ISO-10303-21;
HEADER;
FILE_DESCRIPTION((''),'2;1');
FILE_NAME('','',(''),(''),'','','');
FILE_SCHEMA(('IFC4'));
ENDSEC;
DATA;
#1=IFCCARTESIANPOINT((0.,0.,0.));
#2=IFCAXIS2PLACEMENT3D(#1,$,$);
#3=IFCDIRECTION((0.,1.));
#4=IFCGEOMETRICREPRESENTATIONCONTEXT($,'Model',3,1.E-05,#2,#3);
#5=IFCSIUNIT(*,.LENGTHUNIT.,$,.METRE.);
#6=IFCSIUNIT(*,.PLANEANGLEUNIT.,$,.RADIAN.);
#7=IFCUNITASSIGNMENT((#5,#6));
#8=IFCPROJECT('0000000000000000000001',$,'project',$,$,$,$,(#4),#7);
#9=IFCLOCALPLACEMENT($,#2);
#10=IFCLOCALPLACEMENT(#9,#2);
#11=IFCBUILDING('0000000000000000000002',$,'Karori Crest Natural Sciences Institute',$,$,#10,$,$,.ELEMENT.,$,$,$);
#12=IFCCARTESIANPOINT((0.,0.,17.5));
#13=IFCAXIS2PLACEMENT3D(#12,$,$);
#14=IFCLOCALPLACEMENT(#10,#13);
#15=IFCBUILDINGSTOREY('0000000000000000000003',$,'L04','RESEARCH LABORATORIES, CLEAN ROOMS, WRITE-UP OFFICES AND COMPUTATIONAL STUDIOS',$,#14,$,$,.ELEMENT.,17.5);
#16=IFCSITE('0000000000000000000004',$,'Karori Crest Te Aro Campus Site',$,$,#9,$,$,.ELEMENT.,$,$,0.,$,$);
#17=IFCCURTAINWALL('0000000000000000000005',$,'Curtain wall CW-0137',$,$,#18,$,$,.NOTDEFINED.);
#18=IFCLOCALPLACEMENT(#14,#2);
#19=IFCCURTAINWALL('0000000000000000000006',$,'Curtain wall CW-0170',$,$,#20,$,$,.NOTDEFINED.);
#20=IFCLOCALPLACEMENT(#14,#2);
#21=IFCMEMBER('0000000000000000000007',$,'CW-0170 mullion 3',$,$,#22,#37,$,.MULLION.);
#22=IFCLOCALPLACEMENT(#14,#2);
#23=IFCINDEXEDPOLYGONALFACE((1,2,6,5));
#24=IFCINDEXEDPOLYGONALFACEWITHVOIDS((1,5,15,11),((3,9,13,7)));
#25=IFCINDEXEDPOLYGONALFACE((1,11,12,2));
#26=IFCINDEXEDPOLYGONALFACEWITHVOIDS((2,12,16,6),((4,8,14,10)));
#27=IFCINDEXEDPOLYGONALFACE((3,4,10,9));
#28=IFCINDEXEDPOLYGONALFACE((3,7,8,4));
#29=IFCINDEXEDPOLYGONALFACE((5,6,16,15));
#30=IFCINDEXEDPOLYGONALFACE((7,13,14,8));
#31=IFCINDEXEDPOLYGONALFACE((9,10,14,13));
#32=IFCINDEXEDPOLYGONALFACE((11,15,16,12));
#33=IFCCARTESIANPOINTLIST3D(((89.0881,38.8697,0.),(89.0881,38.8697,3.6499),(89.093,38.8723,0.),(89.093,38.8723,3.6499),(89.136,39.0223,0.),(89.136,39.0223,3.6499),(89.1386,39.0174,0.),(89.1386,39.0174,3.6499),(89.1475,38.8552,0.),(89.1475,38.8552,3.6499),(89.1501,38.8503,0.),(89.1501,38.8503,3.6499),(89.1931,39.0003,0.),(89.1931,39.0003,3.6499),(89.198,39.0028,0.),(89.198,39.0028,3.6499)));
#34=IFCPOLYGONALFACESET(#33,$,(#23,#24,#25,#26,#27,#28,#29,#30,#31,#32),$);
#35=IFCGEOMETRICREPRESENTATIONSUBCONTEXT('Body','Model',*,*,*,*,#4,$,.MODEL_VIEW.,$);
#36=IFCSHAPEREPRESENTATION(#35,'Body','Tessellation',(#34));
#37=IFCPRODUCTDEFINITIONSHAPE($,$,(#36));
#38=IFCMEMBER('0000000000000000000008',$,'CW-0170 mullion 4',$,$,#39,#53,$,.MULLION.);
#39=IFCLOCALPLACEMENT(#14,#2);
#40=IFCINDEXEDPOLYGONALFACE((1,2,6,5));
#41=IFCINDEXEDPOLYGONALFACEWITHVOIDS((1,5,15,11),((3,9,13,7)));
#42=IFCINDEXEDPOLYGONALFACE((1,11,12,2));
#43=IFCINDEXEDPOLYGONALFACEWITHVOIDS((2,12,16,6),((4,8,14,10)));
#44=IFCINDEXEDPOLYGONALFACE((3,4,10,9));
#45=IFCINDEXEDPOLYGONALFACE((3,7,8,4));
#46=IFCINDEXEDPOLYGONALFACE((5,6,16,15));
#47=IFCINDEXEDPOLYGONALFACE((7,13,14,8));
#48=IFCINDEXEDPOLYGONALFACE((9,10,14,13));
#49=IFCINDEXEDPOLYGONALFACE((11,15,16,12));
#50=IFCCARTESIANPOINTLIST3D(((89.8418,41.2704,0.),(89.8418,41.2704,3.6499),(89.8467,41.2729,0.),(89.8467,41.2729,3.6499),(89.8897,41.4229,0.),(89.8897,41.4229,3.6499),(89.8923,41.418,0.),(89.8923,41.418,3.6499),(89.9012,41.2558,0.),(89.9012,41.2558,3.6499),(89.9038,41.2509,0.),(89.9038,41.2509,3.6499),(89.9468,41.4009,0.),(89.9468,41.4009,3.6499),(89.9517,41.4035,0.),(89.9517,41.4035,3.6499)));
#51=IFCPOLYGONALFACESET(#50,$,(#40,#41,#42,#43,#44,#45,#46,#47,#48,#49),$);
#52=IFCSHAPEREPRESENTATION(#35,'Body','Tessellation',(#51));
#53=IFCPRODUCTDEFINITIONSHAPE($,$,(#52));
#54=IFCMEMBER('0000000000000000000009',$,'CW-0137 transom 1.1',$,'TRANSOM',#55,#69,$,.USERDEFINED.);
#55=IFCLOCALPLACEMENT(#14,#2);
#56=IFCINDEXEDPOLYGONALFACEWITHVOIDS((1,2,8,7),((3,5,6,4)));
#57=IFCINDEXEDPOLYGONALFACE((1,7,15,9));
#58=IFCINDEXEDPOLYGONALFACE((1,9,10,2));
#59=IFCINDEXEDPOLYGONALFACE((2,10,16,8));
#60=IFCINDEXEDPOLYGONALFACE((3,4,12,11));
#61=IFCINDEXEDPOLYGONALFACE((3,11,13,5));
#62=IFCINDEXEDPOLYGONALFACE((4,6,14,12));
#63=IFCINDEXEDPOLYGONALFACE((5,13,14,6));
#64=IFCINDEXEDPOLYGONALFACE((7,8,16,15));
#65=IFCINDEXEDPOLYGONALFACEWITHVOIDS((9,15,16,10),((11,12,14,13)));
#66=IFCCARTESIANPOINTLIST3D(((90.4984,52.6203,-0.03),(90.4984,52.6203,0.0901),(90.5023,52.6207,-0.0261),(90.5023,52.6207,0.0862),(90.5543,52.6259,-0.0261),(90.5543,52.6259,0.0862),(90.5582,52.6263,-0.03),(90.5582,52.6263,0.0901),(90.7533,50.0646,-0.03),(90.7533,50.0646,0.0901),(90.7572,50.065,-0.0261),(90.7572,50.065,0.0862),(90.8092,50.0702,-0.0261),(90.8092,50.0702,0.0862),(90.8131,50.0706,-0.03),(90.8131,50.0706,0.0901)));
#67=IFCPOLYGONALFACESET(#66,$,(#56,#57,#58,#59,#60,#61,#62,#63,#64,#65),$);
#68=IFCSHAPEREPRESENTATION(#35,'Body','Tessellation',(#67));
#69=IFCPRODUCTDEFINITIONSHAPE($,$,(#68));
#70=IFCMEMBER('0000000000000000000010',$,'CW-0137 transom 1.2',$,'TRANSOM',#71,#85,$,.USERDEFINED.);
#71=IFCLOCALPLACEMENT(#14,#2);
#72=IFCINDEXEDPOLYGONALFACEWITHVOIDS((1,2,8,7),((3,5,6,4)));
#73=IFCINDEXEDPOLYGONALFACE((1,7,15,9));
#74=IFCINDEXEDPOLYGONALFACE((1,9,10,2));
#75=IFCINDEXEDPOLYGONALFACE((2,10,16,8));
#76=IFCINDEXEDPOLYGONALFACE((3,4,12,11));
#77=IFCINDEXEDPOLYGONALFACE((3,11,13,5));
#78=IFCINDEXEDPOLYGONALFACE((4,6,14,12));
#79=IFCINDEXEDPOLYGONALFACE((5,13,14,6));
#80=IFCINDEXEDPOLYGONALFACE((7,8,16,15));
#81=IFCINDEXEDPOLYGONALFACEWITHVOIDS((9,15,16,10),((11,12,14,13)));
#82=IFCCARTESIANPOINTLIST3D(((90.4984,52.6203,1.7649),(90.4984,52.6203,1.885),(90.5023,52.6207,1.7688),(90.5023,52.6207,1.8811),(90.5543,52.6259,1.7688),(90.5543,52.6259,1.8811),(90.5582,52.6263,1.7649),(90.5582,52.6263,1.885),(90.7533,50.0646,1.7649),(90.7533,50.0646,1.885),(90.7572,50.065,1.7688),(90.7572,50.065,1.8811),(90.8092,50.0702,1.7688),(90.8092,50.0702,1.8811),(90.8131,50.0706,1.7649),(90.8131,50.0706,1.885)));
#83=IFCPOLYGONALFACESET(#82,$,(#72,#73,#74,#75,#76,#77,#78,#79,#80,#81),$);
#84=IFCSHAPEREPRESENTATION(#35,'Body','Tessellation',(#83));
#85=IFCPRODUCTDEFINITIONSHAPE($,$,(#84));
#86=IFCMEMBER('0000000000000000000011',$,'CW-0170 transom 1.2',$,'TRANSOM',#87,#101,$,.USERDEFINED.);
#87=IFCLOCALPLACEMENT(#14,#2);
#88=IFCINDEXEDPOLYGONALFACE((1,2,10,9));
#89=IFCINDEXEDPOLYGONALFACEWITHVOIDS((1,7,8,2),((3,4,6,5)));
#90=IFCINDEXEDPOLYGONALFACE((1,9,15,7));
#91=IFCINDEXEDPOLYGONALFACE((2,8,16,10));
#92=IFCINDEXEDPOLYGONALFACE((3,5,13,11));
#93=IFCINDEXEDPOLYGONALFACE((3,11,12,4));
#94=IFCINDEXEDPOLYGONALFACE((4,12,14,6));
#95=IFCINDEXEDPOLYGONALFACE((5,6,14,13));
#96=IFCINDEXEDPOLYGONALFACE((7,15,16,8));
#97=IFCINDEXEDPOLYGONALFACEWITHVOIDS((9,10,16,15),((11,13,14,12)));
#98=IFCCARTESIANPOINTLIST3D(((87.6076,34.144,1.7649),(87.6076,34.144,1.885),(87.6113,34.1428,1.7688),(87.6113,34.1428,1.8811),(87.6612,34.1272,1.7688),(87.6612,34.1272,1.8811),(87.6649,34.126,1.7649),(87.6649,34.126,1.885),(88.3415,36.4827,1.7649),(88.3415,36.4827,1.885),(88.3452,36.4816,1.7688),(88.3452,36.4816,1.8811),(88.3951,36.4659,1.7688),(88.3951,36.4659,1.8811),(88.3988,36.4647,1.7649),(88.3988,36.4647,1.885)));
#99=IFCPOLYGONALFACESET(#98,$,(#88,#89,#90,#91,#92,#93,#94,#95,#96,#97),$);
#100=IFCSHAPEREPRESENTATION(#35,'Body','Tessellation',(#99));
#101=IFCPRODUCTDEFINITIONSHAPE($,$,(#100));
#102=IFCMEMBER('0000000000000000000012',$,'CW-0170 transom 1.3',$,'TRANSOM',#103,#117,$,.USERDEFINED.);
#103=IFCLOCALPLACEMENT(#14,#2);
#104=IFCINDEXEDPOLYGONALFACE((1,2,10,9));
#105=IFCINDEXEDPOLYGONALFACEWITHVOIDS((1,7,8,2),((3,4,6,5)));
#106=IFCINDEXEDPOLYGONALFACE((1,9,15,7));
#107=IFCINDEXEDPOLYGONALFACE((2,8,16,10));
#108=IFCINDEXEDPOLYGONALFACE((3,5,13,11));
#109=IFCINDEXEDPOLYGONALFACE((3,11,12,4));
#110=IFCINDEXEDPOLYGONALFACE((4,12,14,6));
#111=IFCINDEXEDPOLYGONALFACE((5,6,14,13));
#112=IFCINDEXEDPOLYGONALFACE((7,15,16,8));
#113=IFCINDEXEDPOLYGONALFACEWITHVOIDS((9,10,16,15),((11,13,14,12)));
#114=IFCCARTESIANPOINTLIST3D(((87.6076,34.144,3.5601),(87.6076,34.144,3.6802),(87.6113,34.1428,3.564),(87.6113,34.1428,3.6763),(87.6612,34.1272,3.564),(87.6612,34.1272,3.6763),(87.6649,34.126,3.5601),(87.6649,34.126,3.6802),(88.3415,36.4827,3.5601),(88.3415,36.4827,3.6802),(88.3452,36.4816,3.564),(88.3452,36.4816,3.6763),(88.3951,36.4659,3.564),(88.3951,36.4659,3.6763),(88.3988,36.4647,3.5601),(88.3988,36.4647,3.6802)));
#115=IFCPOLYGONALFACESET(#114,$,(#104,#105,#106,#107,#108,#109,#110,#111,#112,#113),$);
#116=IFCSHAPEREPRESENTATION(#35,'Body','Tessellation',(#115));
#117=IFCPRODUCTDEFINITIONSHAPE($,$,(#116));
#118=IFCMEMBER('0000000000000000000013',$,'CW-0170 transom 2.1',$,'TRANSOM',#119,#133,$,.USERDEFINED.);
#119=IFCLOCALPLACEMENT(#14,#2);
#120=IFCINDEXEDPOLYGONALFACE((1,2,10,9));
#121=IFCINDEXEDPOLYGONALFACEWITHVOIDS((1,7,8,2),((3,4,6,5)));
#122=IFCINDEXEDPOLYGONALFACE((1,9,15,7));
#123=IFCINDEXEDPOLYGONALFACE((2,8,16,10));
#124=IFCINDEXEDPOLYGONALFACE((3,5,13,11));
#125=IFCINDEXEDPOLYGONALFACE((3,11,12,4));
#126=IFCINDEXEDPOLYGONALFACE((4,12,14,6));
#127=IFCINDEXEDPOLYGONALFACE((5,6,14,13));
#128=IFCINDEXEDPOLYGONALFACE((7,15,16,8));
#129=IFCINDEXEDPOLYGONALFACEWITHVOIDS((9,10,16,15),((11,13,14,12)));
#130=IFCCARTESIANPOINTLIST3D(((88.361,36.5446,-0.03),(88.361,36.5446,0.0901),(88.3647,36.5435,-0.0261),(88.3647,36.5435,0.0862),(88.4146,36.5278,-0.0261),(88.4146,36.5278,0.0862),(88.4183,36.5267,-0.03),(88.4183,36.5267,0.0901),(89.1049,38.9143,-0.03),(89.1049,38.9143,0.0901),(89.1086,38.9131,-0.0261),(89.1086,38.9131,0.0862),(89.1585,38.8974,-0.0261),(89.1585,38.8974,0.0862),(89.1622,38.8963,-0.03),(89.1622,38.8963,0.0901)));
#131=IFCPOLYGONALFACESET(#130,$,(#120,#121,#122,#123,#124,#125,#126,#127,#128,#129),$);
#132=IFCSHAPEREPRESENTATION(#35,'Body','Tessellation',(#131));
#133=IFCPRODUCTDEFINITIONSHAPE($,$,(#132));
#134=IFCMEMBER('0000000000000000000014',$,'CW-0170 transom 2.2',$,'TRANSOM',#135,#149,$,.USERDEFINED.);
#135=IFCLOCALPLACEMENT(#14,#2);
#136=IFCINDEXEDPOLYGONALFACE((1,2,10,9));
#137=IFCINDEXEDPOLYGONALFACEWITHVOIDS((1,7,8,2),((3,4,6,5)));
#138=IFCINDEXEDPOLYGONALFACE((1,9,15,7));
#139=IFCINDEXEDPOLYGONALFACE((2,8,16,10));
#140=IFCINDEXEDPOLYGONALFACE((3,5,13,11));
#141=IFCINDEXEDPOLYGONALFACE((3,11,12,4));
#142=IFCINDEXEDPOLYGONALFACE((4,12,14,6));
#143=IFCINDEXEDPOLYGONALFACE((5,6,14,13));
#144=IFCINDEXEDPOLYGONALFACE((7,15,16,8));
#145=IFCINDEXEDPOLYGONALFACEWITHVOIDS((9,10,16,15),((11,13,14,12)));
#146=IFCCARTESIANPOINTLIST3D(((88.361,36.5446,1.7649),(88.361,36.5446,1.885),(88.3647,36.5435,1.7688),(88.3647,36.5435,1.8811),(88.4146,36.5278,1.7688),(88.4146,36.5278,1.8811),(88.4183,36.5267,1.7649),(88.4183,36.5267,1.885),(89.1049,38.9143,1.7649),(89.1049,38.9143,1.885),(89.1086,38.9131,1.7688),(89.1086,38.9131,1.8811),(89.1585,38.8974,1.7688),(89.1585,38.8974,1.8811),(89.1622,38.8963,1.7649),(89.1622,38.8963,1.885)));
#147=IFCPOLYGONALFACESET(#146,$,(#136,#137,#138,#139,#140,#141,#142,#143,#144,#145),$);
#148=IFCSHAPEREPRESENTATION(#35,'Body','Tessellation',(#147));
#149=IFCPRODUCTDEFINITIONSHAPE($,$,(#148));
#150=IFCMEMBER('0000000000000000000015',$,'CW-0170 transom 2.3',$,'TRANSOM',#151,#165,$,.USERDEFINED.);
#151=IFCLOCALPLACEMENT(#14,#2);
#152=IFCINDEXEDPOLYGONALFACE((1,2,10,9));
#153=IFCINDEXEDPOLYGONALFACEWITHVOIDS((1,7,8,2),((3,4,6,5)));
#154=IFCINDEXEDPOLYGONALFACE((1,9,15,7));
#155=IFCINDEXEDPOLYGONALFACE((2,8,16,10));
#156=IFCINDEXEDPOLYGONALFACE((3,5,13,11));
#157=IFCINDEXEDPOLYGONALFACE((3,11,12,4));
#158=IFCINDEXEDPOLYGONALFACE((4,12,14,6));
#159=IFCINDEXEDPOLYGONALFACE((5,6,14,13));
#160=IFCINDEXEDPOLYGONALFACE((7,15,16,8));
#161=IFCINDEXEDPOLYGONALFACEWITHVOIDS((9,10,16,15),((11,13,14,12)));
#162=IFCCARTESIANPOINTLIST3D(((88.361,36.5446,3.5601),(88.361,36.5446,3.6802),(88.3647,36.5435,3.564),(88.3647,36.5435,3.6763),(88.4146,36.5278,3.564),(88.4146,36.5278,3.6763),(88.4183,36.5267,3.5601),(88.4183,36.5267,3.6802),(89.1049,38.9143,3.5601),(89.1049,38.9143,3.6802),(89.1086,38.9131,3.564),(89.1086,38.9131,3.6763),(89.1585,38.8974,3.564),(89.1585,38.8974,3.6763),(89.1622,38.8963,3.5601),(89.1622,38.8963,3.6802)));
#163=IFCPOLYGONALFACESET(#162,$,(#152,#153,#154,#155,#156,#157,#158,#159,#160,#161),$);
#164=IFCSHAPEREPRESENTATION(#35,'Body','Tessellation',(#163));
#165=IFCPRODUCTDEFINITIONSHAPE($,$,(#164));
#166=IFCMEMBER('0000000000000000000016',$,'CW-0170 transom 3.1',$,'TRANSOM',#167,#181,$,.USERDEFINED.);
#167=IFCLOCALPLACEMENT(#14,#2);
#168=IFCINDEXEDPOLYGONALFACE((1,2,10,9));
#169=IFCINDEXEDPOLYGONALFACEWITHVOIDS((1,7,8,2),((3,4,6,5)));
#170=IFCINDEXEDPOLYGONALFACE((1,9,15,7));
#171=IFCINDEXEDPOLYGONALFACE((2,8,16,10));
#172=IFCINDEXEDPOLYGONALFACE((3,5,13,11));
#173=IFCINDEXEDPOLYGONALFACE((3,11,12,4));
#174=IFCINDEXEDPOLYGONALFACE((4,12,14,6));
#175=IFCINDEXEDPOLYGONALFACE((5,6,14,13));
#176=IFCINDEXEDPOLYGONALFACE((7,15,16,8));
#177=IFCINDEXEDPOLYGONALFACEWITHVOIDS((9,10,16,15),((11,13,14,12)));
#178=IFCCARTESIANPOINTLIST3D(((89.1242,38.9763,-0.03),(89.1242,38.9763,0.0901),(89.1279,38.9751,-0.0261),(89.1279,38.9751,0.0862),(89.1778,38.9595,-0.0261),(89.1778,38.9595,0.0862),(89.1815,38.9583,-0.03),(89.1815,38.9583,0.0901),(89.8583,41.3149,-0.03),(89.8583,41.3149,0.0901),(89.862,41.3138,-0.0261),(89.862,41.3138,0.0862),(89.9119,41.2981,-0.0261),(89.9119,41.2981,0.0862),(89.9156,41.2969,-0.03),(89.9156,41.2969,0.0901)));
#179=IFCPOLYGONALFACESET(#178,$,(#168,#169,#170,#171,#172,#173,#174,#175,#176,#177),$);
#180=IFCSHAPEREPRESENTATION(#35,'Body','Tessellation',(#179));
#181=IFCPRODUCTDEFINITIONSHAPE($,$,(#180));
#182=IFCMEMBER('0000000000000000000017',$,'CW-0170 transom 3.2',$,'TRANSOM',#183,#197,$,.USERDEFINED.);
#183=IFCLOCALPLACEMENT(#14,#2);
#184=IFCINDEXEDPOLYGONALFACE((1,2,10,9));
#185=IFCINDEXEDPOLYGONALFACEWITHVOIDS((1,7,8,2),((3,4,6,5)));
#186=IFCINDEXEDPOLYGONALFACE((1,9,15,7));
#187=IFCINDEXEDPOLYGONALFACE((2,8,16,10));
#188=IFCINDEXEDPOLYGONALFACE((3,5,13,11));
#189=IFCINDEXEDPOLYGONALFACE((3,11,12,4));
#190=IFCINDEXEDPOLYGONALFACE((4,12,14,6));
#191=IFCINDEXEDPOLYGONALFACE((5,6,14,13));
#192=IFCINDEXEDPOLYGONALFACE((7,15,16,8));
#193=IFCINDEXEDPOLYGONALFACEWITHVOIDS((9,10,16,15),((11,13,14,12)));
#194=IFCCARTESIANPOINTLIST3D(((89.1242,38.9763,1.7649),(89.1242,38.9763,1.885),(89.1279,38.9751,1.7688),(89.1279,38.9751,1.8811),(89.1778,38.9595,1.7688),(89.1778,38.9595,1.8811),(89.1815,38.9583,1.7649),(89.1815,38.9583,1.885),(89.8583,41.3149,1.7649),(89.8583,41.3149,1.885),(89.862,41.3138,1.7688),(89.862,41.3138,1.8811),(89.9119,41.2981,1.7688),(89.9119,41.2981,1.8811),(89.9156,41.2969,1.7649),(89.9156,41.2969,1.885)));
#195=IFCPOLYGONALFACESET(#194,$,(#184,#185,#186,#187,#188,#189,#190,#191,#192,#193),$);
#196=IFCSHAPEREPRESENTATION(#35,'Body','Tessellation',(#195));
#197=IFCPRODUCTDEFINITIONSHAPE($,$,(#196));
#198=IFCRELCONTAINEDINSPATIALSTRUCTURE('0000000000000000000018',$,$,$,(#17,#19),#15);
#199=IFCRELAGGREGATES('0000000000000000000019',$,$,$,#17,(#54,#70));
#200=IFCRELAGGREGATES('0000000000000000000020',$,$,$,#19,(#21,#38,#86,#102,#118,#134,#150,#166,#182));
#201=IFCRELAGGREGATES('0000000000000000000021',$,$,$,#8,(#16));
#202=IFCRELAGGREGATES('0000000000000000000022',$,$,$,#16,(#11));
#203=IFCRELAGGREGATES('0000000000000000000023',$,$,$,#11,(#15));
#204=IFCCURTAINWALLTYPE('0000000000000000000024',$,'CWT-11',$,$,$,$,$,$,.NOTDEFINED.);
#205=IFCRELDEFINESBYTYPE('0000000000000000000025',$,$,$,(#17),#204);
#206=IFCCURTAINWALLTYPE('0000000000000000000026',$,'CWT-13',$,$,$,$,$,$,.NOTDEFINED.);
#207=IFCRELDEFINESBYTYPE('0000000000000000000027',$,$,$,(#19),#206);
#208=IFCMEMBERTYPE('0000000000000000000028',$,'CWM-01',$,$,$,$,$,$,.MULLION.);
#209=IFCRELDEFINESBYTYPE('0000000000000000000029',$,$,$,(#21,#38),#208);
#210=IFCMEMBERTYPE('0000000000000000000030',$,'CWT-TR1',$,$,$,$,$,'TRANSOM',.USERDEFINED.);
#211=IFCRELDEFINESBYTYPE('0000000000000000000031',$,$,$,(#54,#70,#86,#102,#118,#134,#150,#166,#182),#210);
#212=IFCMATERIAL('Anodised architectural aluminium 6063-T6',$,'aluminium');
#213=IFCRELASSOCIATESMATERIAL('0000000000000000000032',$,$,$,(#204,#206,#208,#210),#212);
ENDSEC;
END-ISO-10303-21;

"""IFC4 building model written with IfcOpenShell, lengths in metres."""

from ifc_helpers import new_model, si_unit, direction, frame, origin, origin_2d, place, context, subcontext, project, spatial, hollow_rectangle, extrude, material, material_profile, profile_set, type_object, element, aggregate, save


model = new_model("IFC4")

# Units and contexts
model_context = context("Model", 3, precision=1e-05, world=origin(), true_north=direction((0.0, 1.0)))
body_context = subcontext(model_context, "Body", "Model", "MODEL_VIEW")
ifc_project = project(units=[si_unit("LENGTHUNIT", "METRE"), si_unit("PLANEANGLEUNIT", "RADIAN")], contexts=[model_context])

# Site, building, storey
site_placement = place(None, origin())
site = spatial("IfcSite", under=ifc_project, at=site_placement, Name="Karori Crest Te Aro Campus Site", CompositionType="ELEMENT", RefElevation=0.0)
building_placement = place(site_placement, origin())
building = spatial("IfcBuilding", under=site, at=building_placement, Name="Karori Crest Natural Sciences Institute", CompositionType="ELEMENT")
storey_placement = place(building_placement, frame((0.0, 0.0, 17.5)))
storey = spatial("IfcBuildingStorey", under=building, at=storey_placement, Name="L04", Description="RESEARCH LABORATORIES, CLEAN ROOMS, WRITE-UP OFFICES AND COMPUTATIONAL STUDIOS", CompositionType="ELEMENT", Elevation=17.5)

# Curtain wall
ifc_material_1 = material(Name="Anodised architectural aluminium 6063-T6", Category="aluminium")
curtain_wall_type_1 = type_object("IfcCurtainWallType", Name="CWT-11", PredefinedType="NOTDEFINED", material=ifc_material_1)
curtain_wall_1_placement = place(storey_placement, origin())
curtain_wall_1 = element("IfcCurtainWall", 1, at=curtain_wall_1_placement, inside=storey, type_object=curtain_wall_type_1, Name="Curtain wall CW-0137", PredefinedType="NOTDEFINED")
ifc_material_profile_1 = material_profile(ifc_material_1, hollow_rectangle(XDim=0.0649, YDim=0.1599, WallThickness=0.0039, at=origin_2d()), Name="CWM160x65x4")
ifc_profile_set_1 = profile_set([ifc_material_profile_1], Name="Anodised architectural aluminium 6063-T6")
member_type_1 = type_object("IfcMemberType", Name="CWM-01", PredefinedType="MULLION", material=ifc_profile_set_1)

# Curtain wall, members
curtain_wall_type_2 = type_object("IfcCurtainWallType", Name="CWT-13", PredefinedType="NOTDEFINED", material=ifc_material_1)
curtain_wall_2_placement = place(storey_placement, origin())
curtain_wall_2 = element("IfcCurtainWall", 2, at=curtain_wall_2_placement, inside=storey, type_object=curtain_wall_type_2, Name="Curtain wall CW-0170", PredefinedType="NOTDEFINED")
member_1_placement = place(storey_placement, frame((89.1431, 38.9363, 0.0), z_axis=(0.0, 0.0, 1.0), x_axis=(-0.954104, 0.299475, 0.0)))
member_1 = element("IfcMember", 3, at=member_1_placement, type_object=member_type_1, Name="CW-0170 mullion 3", PredefinedType="MULLION", context=body_context, shape_type="SweptSolid", body=[
    extrude(hollow_rectangle(XDim=0.0649, YDim=0.1599, WallThickness=0.0039, at=origin_2d()), origin(), (0.0, 0.0, 1.0), 3.6499),
])
member_2_placement = place(storey_placement, frame((89.8967, 41.3369, 0.0), z_axis=(0.0, 0.0, 1.0), x_axis=(-0.954104, 0.299475, 0.0)))
member_2 = element("IfcMember", 4, at=member_2_placement, type_object=member_type_1, Name="CW-0170 mullion 4", PredefinedType="MULLION", context=body_context, shape_type="SweptSolid", body=[
    extrude(hollow_rectangle(XDim=0.0649, YDim=0.1599, WallThickness=0.0039, at=origin_2d()), origin(), (0.0, 0.0, 1.0), 3.6499),
])

# Members
ifc_material_profile_2 = material_profile(ifc_material_1, hollow_rectangle(XDim=0.0601, YDim=0.1201, WallThickness=0.0039, at=origin_2d()), Name="CWT120x60x4")
ifc_profile_set_2 = profile_set([ifc_material_profile_2], Name="Anodised architectural aluminium 6063-T6")
member_type_2 = type_object("IfcMemberType", Name="CWT-TR1", ElementType="TRANSOM", PredefinedType="USERDEFINED", material=ifc_profile_set_2)
member_3_placement = place(storey_placement, frame((90.7832, 50.0676, 0.03), z_axis=(-0.09924, 0.995064, 0.0), x_axis=(-0.995064, -0.09924, 0.0)))
member_3 = element("IfcMember", 5, at=member_3_placement, type_object=member_type_2, Name="CW-0137 transom 1.1", ObjectType="TRANSOM", PredefinedType="USERDEFINED", context=body_context, shape_type="SweptSolid", body=[
    extrude(hollow_rectangle(XDim=0.0601, YDim=0.1201, WallThickness=0.0039, at=origin_2d()), origin(), (0.0, 0.0, 1.0), 2.5684),
])
member_4_placement = place(storey_placement, frame((90.7832, 50.0676, 1.825), z_axis=(-0.09924, 0.995064, 0.0), x_axis=(-0.995064, -0.09924, 0.0)))
member_4 = element("IfcMember", 6, at=member_4_placement, type_object=member_type_2, Name="CW-0137 transom 1.2", ObjectType="TRANSOM", PredefinedType="USERDEFINED", context=body_context, shape_type="SweptSolid", body=[
    extrude(hollow_rectangle(XDim=0.0601, YDim=0.1201, WallThickness=0.0039, at=origin_2d()), origin(), (0.0, 0.0, 1.0), 2.5684),
])
aggregate(curtain_wall_1, [member_3, member_4])
member_5_placement = place(storey_placement, frame((87.6362, 34.135, 1.825), z_axis=(0.299415, 0.954123, 0.0), x_axis=(-0.954123, 0.299415, 0.0)))
member_5 = element("IfcMember", 7, at=member_5_placement, type_object=member_type_2, Name="CW-0170 transom 1.2", ObjectType="TRANSOM", PredefinedType="USERDEFINED", context=body_context, shape_type="SweptSolid", body=[
    extrude(hollow_rectangle(XDim=0.0601, YDim=0.1201, WallThickness=0.0039, at=origin_2d()), origin(), (0.0, 0.0, 1.0), 2.4512),
])
member_6_placement = place(storey_placement, frame((87.6362, 34.135, 3.6201), z_axis=(0.299415, 0.954123, 0.0), x_axis=(-0.954123, 0.299415, 0.0)))
member_6 = element("IfcMember", 8, at=member_6_placement, type_object=member_type_2, Name="CW-0170 transom 1.3", ObjectType="TRANSOM", PredefinedType="USERDEFINED", context=body_context, shape_type="SweptSolid", body=[
    extrude(hollow_rectangle(XDim=0.0601, YDim=0.1201, WallThickness=0.0039, at=origin_2d()), origin(), (0.0, 0.0, 1.0), 2.4512),
])
member_7_placement = place(storey_placement, frame((88.3896, 36.5356, 0.03), z_axis=(0.299517, 0.954091, 0.0), x_axis=(-0.954091, 0.299517, 0.0)))
member_7 = element("IfcMember", 9, at=member_7_placement, type_object=member_type_2, Name="CW-0170 transom 2.1", ObjectType="TRANSOM", PredefinedType="USERDEFINED", context=body_context, shape_type="SweptSolid", body=[
    extrude(hollow_rectangle(XDim=0.0601, YDim=0.1201, WallThickness=0.0039, at=origin_2d()), origin(), (0.0, 0.0, 1.0), 2.4836),
])
member_8_placement = place(storey_placement, frame((88.3896, 36.5356, 1.825), z_axis=(0.299517, 0.954091, 0.0), x_axis=(-0.954091, 0.299517, 0.0)))
member_8 = element("IfcMember", 10, at=member_8_placement, type_object=member_type_2, Name="CW-0170 transom 2.2", ObjectType="TRANSOM", PredefinedType="USERDEFINED", context=body_context, shape_type="SweptSolid", body=[
    extrude(hollow_rectangle(XDim=0.0601, YDim=0.1201, WallThickness=0.0039, at=origin_2d()), origin(), (0.0, 0.0, 1.0), 2.4836),
])
member_9_placement = place(storey_placement, frame((88.3896, 36.5356, 3.6201), z_axis=(0.299517, 0.954091, 0.0), x_axis=(-0.954091, 0.299517, 0.0)))
member_9 = element("IfcMember", 11, at=member_9_placement, type_object=member_type_2, Name="CW-0170 transom 2.3", ObjectType="TRANSOM", PredefinedType="USERDEFINED", context=body_context, shape_type="SweptSolid", body=[
    extrude(hollow_rectangle(XDim=0.0601, YDim=0.1201, WallThickness=0.0039, at=origin_2d()), origin(), (0.0, 0.0, 1.0), 2.4836),
])
member_10_placement = place(storey_placement, frame((89.1528, 38.9673, 0.03), z_axis=(0.299505, 0.954095, 0.0), x_axis=(-0.954095, 0.299505, 0.0)))
member_10 = element("IfcMember", 12, at=member_10_placement, type_object=member_type_2, Name="CW-0170 transom 3.1", ObjectType="TRANSOM", PredefinedType="USERDEFINED", context=body_context, shape_type="SweptSolid", body=[
    extrude(hollow_rectangle(XDim=0.0601, YDim=0.1201, WallThickness=0.0039, at=origin_2d()), origin(), (0.0, 0.0, 1.0), 2.4512),
])
member_11_placement = place(storey_placement, frame((89.1528, 38.9673, 1.825), z_axis=(0.299505, 0.954095, 0.0), x_axis=(-0.954095, 0.299505, 0.0)))
member_11 = element("IfcMember", 13, at=member_11_placement, type_object=member_type_2, Name="CW-0170 transom 3.2", ObjectType="TRANSOM", PredefinedType="USERDEFINED", context=body_context, shape_type="SweptSolid", body=[
    extrude(hollow_rectangle(XDim=0.0601, YDim=0.1201, WallThickness=0.0039, at=origin_2d()), origin(), (0.0, 0.0, 1.0), 2.4512),
])

aggregate(curtain_wall_2, [member_1, member_2, member_5, member_6, member_7, member_8, member_9, member_10, member_11])

save(model, "model.ifc")
